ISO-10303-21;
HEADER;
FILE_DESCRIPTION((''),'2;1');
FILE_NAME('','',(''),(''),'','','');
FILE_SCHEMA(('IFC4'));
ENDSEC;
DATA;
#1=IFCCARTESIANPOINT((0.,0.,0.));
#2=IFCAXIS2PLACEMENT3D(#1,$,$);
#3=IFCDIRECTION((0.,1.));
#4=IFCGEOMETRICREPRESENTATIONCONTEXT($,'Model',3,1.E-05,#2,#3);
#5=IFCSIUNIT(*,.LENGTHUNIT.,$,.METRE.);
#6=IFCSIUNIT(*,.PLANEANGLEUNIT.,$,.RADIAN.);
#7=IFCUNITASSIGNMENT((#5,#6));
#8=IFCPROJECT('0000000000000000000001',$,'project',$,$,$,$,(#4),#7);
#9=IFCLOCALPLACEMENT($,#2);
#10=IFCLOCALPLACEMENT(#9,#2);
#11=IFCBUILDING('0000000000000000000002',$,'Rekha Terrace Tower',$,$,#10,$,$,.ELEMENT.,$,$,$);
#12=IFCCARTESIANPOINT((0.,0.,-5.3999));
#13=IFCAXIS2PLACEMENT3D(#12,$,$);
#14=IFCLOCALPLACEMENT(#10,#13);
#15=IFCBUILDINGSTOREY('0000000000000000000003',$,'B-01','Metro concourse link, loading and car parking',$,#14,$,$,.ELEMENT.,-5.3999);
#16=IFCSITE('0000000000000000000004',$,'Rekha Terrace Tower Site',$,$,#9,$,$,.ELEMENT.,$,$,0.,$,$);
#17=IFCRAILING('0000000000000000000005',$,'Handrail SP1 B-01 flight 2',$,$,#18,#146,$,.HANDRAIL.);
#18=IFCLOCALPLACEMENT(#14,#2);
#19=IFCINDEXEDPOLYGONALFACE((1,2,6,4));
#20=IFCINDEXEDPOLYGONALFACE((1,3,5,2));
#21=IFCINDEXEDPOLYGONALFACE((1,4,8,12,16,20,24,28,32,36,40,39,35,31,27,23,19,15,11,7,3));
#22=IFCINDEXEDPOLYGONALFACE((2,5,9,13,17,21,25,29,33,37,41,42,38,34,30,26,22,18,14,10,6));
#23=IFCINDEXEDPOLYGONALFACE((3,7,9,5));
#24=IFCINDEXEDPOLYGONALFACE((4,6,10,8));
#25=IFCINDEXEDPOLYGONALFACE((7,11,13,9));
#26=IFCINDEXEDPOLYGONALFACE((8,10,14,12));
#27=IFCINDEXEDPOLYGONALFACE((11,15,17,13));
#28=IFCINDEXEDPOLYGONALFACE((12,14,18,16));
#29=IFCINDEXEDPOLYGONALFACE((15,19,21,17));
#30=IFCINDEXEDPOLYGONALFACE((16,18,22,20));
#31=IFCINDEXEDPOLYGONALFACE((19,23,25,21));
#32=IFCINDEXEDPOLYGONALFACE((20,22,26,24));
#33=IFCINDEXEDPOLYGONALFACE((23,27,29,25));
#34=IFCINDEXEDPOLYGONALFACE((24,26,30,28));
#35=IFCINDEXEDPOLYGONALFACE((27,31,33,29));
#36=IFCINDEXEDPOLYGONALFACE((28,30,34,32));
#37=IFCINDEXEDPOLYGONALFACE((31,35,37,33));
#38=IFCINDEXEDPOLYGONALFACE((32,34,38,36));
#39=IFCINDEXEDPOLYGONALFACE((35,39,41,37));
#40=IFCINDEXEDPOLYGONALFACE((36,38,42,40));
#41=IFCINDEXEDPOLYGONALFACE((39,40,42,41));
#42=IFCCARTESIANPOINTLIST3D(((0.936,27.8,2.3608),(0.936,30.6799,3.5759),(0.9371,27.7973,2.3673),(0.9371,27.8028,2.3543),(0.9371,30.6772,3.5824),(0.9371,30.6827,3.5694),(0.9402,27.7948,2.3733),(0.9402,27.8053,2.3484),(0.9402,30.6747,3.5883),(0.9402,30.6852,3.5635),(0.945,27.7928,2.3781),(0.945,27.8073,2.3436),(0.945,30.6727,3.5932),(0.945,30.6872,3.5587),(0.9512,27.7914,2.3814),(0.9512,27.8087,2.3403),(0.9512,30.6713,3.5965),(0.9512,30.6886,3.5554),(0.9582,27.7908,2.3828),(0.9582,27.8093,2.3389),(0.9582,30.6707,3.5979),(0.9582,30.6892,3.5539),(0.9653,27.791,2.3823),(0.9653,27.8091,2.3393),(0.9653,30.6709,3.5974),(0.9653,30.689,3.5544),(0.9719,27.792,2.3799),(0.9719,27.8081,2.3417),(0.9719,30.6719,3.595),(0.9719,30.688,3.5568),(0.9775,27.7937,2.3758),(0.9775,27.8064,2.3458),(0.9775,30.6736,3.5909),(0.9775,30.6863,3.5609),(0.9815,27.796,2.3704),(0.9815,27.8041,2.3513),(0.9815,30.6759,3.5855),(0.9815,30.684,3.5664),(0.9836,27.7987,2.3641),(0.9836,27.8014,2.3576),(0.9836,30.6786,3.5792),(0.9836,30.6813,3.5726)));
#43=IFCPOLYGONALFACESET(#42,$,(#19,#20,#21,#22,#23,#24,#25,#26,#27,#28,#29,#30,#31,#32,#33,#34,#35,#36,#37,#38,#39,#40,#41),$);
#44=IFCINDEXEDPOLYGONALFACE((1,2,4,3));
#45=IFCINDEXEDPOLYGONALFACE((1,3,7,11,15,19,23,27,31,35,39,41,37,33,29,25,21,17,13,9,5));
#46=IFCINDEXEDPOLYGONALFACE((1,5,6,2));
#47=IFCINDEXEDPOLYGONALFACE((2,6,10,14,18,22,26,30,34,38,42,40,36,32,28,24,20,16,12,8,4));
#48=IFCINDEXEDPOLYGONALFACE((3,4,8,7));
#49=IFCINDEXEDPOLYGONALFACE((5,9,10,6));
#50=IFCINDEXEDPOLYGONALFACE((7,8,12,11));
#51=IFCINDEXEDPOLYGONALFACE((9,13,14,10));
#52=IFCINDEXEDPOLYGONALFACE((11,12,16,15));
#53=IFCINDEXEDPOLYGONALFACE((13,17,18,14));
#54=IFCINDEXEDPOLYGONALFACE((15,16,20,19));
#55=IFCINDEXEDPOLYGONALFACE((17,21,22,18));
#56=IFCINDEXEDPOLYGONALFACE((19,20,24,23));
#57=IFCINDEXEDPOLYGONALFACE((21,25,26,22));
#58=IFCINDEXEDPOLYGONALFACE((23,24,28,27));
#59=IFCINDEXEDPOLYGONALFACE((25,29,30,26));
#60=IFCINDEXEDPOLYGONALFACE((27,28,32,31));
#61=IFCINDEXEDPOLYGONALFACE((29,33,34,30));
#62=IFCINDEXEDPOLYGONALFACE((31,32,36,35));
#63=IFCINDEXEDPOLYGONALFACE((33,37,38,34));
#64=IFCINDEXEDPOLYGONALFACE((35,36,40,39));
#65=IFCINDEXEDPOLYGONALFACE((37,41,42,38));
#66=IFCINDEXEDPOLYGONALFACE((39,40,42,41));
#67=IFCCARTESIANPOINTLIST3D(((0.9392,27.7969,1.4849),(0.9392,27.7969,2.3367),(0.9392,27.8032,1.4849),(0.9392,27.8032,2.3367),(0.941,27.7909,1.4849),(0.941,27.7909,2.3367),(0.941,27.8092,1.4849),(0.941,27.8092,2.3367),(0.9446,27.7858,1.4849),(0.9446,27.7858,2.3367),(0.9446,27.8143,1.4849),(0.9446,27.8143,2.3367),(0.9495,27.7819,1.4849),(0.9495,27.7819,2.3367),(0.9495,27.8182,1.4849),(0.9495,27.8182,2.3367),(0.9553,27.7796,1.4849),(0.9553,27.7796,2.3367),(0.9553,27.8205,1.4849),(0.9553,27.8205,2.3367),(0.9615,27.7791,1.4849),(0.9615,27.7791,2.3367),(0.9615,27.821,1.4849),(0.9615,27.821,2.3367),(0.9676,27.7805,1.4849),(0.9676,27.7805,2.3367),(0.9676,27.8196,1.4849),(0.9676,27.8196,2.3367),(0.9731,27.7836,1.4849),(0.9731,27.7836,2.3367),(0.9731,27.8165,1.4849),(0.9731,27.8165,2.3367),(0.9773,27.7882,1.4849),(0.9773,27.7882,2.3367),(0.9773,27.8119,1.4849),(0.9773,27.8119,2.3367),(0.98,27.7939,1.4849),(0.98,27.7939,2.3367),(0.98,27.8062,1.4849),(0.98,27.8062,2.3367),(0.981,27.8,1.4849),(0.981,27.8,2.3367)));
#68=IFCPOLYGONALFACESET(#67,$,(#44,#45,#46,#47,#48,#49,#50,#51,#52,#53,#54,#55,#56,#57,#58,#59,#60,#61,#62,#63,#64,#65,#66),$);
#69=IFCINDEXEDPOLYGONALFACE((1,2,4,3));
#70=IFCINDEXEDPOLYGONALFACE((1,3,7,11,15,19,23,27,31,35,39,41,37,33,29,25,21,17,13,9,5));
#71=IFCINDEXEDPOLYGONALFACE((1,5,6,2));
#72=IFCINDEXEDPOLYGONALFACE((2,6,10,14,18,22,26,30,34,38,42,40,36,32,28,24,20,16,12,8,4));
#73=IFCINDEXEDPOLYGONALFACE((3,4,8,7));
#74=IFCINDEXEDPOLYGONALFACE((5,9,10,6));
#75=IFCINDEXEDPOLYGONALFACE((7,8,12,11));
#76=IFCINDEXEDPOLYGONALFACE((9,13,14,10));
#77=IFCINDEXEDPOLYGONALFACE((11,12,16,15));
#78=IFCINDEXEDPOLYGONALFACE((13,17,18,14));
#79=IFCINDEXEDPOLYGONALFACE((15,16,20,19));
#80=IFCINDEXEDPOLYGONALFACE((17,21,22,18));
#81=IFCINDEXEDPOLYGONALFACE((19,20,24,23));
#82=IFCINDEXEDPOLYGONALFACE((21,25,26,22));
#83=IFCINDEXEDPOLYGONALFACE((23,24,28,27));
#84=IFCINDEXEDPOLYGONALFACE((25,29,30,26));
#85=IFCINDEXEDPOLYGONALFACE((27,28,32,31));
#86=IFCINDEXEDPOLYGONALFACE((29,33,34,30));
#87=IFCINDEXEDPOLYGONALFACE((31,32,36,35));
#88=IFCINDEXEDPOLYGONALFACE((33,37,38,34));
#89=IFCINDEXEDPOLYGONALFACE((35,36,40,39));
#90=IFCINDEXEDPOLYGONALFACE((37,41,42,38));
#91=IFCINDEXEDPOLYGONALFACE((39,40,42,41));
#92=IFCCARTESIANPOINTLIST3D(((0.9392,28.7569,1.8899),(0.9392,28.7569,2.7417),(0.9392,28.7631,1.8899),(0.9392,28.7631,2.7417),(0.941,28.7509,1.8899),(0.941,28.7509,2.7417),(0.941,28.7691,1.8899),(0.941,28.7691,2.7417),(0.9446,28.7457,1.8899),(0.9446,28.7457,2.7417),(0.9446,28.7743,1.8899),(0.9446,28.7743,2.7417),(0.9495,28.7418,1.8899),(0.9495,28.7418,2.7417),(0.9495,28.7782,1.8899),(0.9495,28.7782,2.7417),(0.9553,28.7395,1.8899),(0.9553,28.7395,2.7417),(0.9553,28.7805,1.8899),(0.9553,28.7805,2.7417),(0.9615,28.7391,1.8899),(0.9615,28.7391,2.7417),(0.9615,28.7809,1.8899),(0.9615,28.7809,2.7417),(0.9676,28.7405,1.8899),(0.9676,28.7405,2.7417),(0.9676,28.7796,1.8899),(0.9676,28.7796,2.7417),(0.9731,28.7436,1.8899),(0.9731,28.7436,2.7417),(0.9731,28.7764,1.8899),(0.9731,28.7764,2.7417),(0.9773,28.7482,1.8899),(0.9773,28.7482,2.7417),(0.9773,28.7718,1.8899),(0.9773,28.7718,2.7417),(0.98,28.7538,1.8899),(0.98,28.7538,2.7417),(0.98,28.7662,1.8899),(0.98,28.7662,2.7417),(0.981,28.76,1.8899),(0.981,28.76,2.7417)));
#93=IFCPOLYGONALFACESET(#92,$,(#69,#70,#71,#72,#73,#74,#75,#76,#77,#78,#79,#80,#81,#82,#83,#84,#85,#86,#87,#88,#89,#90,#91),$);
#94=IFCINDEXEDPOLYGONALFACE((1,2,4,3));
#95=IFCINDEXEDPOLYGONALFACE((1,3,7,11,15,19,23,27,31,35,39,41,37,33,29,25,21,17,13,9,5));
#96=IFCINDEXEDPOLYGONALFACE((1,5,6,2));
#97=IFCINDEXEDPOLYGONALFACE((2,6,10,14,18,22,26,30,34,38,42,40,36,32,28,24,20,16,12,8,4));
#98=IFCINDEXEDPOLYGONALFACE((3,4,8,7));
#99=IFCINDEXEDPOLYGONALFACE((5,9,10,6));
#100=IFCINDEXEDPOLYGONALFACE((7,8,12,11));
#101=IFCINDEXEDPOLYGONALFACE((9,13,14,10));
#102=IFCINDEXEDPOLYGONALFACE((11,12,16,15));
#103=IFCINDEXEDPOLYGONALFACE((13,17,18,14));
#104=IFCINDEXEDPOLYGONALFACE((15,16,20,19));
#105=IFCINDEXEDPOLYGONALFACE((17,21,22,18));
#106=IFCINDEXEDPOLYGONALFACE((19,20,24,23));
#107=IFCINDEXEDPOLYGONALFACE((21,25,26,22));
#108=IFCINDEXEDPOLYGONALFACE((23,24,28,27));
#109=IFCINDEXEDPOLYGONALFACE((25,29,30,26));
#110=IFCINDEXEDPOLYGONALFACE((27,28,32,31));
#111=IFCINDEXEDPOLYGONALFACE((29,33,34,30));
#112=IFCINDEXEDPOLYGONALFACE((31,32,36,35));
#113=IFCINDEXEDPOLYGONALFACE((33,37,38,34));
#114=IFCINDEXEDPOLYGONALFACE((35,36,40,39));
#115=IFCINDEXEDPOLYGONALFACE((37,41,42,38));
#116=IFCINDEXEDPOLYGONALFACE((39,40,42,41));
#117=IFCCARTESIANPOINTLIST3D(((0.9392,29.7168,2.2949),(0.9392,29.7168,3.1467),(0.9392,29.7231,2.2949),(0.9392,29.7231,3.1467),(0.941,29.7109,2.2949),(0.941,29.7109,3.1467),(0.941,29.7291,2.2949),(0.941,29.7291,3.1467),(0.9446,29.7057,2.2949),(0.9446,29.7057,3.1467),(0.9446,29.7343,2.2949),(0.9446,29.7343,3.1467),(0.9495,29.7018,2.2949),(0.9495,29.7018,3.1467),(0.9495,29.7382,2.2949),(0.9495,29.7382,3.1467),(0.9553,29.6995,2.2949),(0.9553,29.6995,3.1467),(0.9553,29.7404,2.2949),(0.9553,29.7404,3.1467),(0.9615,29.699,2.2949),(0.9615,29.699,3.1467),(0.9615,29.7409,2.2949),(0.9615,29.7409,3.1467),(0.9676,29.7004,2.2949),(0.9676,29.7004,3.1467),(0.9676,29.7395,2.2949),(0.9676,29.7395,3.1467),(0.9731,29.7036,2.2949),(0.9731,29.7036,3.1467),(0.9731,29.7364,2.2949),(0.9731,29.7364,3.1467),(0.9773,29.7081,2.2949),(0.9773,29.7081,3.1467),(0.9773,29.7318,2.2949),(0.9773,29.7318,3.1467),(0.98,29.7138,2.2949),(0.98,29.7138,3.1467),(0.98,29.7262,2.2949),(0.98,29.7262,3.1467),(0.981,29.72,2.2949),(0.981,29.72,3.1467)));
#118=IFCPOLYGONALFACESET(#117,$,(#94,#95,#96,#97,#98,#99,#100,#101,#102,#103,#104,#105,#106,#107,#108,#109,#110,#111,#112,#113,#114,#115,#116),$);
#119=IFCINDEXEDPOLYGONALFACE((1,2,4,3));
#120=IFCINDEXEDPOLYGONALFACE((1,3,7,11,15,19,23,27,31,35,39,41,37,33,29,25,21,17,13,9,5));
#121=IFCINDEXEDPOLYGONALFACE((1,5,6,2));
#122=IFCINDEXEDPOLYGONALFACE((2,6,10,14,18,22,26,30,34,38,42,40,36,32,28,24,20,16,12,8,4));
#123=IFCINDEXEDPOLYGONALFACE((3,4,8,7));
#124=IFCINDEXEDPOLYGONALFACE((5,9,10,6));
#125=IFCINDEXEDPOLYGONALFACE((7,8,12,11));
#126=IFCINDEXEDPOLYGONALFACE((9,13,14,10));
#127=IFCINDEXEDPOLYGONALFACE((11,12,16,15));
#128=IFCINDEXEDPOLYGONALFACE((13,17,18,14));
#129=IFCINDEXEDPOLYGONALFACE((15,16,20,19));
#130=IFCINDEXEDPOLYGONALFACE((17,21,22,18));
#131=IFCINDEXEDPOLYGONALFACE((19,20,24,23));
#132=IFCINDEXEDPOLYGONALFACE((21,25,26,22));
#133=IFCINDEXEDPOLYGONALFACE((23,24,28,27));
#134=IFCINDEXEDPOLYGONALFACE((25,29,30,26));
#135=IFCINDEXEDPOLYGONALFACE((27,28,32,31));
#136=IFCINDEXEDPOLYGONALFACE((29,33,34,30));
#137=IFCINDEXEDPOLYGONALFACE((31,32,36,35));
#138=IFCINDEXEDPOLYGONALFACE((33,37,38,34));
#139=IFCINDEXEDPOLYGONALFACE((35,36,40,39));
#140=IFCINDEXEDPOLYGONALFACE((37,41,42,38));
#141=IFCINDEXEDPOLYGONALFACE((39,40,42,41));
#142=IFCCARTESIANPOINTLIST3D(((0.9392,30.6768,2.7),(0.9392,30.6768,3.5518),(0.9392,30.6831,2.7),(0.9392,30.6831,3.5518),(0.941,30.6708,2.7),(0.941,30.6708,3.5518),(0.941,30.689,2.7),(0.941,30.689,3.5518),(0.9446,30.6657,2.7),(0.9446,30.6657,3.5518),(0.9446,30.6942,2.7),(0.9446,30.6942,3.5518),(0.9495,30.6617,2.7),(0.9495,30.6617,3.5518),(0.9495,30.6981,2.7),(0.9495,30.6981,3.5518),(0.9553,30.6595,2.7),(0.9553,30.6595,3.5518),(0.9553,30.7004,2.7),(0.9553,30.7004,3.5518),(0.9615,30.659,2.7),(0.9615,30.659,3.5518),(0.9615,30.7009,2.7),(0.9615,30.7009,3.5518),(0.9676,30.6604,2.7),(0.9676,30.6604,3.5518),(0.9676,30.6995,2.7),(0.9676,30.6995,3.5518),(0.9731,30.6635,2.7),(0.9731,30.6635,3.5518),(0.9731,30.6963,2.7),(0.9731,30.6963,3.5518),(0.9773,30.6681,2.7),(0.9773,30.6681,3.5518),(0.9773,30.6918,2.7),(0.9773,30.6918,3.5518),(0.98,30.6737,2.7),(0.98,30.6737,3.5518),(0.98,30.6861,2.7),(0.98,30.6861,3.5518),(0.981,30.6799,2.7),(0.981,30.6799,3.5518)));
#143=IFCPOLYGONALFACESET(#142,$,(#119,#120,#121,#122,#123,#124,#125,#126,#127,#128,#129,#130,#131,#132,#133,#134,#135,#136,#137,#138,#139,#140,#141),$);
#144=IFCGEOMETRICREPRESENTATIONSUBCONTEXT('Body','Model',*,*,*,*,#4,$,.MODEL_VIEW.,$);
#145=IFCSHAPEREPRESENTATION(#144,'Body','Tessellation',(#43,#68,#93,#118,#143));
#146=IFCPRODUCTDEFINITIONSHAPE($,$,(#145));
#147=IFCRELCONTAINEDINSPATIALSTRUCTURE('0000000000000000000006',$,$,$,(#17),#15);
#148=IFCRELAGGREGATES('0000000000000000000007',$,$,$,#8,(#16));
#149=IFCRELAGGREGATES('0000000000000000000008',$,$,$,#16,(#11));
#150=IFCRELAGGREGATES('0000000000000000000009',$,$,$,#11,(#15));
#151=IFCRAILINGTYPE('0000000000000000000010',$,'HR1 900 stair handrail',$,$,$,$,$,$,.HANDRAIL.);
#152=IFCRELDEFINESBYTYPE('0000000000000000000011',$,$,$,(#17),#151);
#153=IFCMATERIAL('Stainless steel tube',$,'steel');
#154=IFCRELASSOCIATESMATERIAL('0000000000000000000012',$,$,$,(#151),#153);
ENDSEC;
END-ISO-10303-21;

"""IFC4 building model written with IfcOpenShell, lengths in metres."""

from ifc_helpers import new_model, si_unit, direction, frame, origin, origin_2d, place, context, subcontext, project, spatial, circle, extrude, material, type_object, element, save


model = new_model("IFC4")

# Units and contexts
model_context = context("Model", 3, precision=1e-05, world=origin(), true_north=direction((0.0, 1.0)))
body_context = subcontext(model_context, "Body", "Model", "MODEL_VIEW")
ifc_project = project(units=[si_unit("LENGTHUNIT", "METRE"), si_unit("PLANEANGLEUNIT", "RADIAN")], contexts=[model_context])

# Site, building, storey
site_placement = place(None, origin())
site = spatial("IfcSite", under=ifc_project, at=site_placement, Name="Rekha Terrace Tower Site", CompositionType="ELEMENT", RefElevation=0.0)
building_placement = place(site_placement, origin())
building = spatial("IfcBuilding", under=site, at=building_placement, Name="Rekha Terrace Tower", CompositionType="ELEMENT")
storey_placement = place(building_placement, frame((0.0, 0.0, -5.3999)))
storey = spatial("IfcBuildingStorey", under=building, at=storey_placement, Name="B-01", Description="Metro concourse link, loading and car parking", CompositionType="ELEMENT", Elevation=-5.3999)

# Railing
ifc_material_1 = material(Name="Stainless steel tube", Category="steel")
railing_type_1 = type_object("IfcRailingType", Name="HR1 900 stair handrail", PredefinedType="HANDRAIL", material=ifc_material_1)
railing_1_placement = place(storey_placement, frame((0.96, 27.8, 1.4849)))
element("IfcRailing", 1, at=railing_1_placement, inside=storey, type_object=railing_type_1, Name="Handrail SP1 B-01 flight 2", PredefinedType="HANDRAIL", context=body_context, shape_type="SweptSolid", body=[
    extrude(circle(Radius=0.0239, at=origin_2d()), frame((0.0, 0.0, 0.876), z_axis=(0.0, 0.921348, 0.388738), x_axis=(-1.0, 0.0, 0.0)), (0.0, 0.0, 1.0), 3.1257),
    extrude(circle(Radius=0.021, at=origin_2d()), origin(), (0.0, 0.0, 1.0), 0.8518),
    extrude(circle(Radius=0.021, at=origin_2d()), frame((0.0, 0.96, 0.405)), (0.0, 0.0, 1.0), 0.8518),
    extrude(circle(Radius=0.021, at=origin_2d()), frame((0.0, 1.9199, 0.8101)), (0.0, 0.0, 1.0), 0.8518),
    extrude(circle(Radius=0.021, at=origin_2d()), frame((0.0, 2.8799, 1.2151)), (0.0, 0.0, 1.0), 0.8518),
])

save(model, "model.ifc")
